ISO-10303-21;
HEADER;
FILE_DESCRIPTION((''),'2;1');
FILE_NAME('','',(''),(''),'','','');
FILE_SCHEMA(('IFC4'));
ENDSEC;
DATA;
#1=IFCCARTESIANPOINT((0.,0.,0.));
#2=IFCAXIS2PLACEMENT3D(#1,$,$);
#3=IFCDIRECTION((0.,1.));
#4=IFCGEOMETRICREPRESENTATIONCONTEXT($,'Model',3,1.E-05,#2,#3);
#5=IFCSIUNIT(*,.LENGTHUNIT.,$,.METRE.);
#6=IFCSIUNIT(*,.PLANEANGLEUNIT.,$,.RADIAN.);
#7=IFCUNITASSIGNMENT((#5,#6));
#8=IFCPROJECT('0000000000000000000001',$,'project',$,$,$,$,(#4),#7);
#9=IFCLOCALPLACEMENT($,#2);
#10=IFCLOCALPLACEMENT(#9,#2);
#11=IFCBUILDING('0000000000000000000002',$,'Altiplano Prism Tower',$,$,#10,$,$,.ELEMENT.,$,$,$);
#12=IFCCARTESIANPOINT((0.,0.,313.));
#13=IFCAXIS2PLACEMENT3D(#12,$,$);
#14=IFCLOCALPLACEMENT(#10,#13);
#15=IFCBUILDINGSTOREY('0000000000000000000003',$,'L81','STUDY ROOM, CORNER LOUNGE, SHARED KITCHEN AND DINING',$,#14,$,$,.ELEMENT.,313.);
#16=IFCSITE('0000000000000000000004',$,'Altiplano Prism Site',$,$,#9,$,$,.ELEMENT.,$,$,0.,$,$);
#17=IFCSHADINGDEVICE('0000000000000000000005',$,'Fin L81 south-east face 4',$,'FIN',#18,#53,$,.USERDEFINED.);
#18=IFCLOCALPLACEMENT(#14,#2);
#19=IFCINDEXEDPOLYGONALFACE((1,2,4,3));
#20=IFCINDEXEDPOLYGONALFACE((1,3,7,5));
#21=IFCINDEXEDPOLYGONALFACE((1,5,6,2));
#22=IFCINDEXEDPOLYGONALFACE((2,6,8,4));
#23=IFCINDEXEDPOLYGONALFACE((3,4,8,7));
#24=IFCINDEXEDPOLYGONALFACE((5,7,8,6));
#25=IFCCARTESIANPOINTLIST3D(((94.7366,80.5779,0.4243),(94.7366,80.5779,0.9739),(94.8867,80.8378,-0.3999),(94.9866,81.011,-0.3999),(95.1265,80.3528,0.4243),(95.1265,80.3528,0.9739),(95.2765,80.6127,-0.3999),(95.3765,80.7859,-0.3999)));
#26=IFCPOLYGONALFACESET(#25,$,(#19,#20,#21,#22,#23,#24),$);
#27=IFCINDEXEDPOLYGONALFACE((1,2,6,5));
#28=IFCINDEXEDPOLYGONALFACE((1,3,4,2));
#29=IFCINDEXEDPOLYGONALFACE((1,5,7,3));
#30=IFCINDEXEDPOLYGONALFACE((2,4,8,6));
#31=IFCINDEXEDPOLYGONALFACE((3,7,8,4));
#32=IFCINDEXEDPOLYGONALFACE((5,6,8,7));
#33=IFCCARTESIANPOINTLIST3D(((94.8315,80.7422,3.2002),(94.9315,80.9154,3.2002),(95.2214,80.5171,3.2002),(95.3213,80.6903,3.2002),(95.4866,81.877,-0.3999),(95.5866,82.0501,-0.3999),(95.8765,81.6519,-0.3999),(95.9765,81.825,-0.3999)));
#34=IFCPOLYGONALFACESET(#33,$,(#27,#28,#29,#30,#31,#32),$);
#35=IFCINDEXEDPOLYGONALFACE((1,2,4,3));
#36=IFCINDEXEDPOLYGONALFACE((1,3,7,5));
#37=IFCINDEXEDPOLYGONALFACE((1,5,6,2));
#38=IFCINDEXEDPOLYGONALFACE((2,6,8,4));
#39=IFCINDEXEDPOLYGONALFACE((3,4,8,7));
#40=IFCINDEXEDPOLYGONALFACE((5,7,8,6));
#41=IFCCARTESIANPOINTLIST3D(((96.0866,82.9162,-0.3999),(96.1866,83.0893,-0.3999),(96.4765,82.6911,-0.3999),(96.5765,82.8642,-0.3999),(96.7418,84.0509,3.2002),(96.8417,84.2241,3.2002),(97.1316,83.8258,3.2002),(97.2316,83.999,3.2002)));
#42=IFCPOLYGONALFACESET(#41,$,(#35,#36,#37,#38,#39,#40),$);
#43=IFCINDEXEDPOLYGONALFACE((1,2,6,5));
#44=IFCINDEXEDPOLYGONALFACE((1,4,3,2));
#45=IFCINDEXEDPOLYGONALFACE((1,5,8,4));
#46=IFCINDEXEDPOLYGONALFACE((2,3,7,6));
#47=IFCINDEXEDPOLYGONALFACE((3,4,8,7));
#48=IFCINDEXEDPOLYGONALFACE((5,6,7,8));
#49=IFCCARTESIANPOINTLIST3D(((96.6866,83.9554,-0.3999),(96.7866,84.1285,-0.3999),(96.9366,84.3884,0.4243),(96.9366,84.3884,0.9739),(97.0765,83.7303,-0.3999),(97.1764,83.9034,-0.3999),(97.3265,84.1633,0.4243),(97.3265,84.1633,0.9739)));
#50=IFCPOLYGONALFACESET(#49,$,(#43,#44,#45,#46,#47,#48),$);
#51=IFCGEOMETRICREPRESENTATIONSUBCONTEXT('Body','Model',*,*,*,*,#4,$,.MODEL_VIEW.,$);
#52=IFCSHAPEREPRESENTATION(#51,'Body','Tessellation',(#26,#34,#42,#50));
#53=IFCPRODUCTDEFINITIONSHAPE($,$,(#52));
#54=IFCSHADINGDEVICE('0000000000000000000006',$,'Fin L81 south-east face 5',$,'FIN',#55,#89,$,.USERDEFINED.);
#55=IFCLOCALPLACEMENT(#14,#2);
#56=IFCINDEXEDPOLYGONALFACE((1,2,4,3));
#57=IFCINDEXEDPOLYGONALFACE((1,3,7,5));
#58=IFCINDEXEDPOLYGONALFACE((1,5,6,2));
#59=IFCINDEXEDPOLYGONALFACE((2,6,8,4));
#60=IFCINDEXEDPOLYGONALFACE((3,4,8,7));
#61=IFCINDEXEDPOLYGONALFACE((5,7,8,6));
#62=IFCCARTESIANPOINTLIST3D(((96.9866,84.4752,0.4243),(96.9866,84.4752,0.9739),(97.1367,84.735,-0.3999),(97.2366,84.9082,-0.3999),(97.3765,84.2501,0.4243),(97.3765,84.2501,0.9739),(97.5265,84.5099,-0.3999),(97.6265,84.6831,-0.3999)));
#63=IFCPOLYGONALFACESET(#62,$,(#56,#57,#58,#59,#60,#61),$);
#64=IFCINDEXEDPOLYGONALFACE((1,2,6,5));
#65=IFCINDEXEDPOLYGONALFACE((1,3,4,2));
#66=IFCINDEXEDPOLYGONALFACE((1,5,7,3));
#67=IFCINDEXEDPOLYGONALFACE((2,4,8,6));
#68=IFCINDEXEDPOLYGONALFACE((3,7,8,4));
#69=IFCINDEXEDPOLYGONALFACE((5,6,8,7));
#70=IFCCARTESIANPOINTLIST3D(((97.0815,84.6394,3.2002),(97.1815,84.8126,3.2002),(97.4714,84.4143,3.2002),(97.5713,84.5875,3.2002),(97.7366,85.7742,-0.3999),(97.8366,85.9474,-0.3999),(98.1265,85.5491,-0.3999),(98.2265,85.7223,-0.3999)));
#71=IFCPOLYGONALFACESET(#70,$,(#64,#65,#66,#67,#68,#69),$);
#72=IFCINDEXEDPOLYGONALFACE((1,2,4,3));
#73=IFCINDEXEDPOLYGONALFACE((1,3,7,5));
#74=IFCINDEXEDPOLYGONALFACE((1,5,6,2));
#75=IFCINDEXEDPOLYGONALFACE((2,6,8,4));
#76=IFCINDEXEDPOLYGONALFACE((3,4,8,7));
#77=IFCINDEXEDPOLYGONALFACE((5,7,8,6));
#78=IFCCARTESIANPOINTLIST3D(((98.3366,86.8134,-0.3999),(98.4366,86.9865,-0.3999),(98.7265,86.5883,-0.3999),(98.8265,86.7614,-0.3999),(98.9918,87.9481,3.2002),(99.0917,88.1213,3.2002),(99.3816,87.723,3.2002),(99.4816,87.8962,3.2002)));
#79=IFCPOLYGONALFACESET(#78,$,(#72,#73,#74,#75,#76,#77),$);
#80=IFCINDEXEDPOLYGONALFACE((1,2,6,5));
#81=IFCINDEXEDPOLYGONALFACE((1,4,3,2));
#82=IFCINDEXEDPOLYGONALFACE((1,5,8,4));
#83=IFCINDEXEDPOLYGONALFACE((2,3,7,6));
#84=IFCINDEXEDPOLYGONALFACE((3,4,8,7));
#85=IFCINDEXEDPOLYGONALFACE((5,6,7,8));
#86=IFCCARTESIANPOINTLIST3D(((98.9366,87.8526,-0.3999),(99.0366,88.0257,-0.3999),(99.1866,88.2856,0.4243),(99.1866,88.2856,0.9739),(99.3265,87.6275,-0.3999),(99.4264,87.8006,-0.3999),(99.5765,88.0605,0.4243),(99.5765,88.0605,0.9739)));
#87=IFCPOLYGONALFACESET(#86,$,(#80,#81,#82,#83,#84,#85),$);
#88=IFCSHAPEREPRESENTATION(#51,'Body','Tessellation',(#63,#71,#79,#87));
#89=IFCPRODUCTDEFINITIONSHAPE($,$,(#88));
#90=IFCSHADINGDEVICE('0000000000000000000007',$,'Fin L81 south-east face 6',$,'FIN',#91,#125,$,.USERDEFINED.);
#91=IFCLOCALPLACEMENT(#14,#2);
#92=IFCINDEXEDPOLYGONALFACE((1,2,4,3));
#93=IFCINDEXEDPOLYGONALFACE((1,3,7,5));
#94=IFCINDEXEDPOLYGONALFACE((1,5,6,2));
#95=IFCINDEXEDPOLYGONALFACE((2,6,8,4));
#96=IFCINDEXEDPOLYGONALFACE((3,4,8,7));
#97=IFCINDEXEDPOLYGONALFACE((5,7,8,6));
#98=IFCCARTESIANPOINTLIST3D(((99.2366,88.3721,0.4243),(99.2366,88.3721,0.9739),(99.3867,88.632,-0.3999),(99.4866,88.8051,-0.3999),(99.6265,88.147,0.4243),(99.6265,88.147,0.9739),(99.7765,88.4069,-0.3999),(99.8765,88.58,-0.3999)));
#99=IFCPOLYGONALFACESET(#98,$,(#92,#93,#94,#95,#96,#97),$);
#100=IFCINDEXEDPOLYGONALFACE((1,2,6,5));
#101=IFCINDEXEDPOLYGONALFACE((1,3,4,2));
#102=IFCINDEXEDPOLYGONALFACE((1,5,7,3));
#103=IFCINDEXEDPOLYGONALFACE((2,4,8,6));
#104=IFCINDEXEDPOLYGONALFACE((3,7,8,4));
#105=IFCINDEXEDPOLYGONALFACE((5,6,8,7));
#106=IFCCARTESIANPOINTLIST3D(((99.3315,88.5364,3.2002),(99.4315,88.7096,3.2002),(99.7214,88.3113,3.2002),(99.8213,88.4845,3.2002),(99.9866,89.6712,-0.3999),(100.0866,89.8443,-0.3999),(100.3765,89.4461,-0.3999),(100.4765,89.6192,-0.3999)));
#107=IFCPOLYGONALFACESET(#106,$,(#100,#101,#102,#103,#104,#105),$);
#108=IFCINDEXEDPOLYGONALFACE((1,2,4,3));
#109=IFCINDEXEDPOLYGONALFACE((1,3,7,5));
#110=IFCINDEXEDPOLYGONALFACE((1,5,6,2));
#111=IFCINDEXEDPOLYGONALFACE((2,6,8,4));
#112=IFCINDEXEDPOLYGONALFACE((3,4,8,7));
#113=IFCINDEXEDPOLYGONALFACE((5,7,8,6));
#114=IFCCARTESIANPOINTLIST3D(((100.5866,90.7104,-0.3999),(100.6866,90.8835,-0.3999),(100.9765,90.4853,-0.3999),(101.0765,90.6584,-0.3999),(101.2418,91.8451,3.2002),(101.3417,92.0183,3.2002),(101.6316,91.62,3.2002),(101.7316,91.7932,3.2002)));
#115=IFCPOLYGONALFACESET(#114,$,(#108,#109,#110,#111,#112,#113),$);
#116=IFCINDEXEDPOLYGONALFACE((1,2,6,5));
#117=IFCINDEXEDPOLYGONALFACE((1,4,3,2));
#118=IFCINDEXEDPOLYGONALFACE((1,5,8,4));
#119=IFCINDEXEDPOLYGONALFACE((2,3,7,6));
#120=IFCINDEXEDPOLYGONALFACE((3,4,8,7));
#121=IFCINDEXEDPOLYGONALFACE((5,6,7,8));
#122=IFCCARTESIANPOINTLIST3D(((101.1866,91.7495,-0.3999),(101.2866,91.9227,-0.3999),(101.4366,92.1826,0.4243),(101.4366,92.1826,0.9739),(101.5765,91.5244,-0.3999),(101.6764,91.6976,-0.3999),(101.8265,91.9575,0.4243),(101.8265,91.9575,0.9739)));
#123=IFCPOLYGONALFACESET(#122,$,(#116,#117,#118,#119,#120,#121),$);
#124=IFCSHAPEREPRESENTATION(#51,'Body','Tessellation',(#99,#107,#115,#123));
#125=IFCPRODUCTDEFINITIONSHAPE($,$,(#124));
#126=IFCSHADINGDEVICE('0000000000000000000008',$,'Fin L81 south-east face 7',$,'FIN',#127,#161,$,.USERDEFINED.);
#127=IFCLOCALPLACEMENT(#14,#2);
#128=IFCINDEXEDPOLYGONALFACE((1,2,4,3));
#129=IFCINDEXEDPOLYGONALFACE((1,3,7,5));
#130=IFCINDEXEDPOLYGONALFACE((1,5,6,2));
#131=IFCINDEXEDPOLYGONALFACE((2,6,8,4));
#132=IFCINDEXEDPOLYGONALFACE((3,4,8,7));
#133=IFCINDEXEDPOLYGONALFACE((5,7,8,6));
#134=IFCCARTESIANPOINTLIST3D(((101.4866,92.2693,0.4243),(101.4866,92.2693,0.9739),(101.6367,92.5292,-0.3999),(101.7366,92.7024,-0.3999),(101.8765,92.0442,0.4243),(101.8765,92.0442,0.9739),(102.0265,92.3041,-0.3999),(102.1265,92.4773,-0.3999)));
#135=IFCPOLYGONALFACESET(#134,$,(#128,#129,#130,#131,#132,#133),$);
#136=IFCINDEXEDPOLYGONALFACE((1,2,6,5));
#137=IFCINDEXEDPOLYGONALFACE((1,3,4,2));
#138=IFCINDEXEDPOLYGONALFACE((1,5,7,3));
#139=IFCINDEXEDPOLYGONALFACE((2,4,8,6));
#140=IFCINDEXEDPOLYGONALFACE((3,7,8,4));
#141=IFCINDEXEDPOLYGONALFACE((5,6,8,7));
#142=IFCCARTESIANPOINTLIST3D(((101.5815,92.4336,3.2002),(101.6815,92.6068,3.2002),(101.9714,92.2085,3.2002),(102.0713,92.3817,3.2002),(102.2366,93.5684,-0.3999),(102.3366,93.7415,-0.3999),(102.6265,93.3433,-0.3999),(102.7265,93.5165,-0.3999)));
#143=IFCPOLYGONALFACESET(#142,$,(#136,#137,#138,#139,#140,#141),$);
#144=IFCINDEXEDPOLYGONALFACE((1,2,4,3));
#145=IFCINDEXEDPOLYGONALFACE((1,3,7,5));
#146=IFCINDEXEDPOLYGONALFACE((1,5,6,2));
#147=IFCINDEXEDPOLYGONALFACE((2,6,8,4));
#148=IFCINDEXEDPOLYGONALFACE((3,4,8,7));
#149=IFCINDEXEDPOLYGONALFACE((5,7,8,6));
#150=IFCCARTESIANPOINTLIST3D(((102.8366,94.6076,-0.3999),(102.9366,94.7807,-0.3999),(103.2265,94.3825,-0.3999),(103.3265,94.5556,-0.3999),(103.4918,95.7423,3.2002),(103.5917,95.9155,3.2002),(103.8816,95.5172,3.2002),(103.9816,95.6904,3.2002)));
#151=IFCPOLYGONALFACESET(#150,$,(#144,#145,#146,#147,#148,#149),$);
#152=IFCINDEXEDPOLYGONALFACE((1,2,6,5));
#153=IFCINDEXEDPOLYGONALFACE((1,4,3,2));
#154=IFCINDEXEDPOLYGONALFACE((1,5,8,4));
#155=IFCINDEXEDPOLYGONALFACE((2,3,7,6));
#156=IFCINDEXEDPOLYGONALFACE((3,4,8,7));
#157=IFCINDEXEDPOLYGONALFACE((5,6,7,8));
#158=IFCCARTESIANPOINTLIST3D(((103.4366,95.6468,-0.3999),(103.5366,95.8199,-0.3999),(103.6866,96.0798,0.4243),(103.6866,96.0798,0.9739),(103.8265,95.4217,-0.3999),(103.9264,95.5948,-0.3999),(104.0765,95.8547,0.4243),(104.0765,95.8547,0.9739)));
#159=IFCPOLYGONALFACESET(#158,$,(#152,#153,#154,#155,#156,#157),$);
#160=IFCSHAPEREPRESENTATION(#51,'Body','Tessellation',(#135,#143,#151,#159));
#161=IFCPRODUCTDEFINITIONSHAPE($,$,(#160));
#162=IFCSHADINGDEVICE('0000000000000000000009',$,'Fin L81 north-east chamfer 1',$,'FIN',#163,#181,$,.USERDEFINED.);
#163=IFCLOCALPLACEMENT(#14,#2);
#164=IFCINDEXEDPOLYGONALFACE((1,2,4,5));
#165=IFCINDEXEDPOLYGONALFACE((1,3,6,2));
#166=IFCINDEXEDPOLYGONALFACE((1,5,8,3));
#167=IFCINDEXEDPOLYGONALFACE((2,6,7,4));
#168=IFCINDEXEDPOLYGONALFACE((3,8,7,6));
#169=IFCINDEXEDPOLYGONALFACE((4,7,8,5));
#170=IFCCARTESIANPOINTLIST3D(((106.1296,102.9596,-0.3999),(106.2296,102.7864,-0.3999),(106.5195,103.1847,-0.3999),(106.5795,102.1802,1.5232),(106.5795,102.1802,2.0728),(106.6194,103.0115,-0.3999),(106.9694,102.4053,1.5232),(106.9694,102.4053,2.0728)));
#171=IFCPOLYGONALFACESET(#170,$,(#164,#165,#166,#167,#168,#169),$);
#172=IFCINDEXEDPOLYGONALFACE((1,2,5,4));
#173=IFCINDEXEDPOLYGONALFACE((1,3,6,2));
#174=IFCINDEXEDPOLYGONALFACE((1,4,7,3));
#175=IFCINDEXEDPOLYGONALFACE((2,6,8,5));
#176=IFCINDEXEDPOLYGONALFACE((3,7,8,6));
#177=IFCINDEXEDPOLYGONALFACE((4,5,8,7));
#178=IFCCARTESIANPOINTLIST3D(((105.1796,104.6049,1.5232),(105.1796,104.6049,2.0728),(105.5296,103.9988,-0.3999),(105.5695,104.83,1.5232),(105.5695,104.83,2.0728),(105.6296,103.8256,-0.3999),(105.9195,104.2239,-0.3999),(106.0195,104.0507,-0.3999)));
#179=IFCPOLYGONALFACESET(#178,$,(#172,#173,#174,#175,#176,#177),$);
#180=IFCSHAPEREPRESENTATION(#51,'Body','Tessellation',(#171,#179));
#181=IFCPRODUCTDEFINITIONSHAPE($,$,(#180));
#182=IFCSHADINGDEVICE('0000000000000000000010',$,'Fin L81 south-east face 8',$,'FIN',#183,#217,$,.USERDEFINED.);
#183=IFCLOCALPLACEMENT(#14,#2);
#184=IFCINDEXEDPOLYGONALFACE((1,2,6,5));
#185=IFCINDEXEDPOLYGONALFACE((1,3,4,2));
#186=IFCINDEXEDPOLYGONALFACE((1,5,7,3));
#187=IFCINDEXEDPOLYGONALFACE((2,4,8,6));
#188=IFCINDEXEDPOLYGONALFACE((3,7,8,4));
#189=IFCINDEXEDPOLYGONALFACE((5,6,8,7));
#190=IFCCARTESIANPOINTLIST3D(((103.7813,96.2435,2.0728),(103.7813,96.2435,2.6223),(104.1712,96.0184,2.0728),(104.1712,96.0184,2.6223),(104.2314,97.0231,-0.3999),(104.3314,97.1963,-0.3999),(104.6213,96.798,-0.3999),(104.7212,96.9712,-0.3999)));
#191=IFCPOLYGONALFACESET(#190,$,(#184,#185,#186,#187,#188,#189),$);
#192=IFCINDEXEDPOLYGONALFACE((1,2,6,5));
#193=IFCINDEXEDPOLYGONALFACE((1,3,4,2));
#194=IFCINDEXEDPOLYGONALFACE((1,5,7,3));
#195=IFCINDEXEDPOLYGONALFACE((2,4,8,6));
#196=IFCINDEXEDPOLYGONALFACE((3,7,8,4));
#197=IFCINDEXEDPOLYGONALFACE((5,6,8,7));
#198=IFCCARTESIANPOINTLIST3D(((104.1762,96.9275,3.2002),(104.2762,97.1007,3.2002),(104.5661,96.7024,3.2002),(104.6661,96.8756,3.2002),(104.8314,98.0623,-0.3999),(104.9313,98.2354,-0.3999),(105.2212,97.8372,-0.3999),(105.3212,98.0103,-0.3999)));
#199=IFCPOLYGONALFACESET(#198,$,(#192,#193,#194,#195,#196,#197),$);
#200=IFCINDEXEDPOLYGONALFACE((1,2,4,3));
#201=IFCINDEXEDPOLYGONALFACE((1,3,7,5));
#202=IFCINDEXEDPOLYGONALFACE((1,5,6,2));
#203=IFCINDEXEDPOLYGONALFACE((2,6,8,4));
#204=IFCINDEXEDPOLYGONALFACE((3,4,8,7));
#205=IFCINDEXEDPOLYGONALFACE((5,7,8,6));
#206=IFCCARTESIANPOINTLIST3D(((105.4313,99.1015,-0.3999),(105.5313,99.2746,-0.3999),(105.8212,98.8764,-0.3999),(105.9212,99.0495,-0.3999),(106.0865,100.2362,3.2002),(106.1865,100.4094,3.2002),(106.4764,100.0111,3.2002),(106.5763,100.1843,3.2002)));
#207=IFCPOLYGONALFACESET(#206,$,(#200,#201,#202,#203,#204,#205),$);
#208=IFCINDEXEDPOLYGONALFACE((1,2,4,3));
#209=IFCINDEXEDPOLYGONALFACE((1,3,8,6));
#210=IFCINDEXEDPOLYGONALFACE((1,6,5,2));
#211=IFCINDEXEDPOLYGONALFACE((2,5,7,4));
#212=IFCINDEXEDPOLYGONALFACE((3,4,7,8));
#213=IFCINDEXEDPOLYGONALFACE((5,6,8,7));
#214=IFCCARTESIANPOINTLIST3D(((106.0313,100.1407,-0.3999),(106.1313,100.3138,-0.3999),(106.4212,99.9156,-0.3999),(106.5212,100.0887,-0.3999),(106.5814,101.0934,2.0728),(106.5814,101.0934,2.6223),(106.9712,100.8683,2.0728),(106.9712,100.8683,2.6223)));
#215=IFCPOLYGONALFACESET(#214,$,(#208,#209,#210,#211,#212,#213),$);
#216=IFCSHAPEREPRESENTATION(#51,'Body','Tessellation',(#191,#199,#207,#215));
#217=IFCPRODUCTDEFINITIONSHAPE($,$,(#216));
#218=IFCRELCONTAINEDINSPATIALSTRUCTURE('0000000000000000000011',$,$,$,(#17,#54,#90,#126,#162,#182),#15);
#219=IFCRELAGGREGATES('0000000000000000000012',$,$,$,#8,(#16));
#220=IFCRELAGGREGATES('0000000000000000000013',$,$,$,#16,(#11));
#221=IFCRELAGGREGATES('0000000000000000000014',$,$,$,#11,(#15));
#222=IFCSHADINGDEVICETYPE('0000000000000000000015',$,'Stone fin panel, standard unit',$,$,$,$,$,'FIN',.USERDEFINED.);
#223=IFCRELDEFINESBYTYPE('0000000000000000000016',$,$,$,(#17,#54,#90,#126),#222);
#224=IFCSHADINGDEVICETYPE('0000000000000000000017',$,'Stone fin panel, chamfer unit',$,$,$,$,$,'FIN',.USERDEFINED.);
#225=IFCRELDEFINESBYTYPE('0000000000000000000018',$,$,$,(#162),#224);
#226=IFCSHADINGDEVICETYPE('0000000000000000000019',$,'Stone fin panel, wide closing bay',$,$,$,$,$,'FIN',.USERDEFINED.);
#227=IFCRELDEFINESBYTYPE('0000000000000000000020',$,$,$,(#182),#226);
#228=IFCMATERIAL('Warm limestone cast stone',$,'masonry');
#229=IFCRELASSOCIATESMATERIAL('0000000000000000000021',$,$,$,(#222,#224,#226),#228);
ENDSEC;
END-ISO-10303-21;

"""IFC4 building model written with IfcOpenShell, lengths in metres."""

from ifc_helpers import new_model, si_unit, direction, frame, origin, place, context, subcontext, project, spatial, polyline, outline, extrude, source, transform, mapped, material, type_object, element, save


model = new_model("IFC4")

# Units and contexts
model_context = context("Model", 3, precision=1e-05, world=origin(), true_north=direction((0.0, 1.0)))
body_context = subcontext(model_context, "Body", "Model", "MODEL_VIEW")
ifc_project = project(units=[si_unit("LENGTHUNIT", "METRE"), si_unit("PLANEANGLEUNIT", "RADIAN")], contexts=[model_context])

# Site, building, storey
site_placement = place(None, origin())
site = spatial("IfcSite", under=ifc_project, at=site_placement, Name="Altiplano Prism Site", CompositionType="ELEMENT", RefElevation=0.0)
building_placement = place(site_placement, origin())
building = spatial("IfcBuilding", under=site, at=building_placement, Name="Altiplano Prism Tower", CompositionType="ELEMENT")
storey_placement = place(building_placement, frame((0.0, 0.0, 313.0)))
storey = spatial("IfcBuildingStorey", under=building, at=storey_placement, Name="L81", Description="STUDY ROOM, CORNER LOUNGE, SHARED KITCHEN AND DINING", CompositionType="ELEMENT", Elevation=313.0)

# Shading devices
ifc_material_1 = material(Name="Warm limestone cast stone", Category="masonry")
shading_device_type_1 = type_object("IfcShadingDeviceType", Name="Stone fin panel, standard unit", ElementType="FIN", PredefinedType="USERDEFINED", material=ifc_material_1)
shared_shape_1 = source(origin(), body_context, "Body", "SweptSolid", [
    extrude(outline(polyline([(-2.2, 1.3738), (-2.2, 0.8242), (-1.8999, 0.0), (-1.7, 0.0), (-2.2, 1.3738)])), frame((0.0, -0.1499, 0.0), z_axis=(0.0, -1.0, 0.0), x_axis=(1.0, 0.0, 0.0)), (0.0, 0.0, 1.0), 0.4502),
    extrude(outline(polyline([(-2.0103, 3.6001), (-0.7, 0.0), (-0.5, 0.0), (-1.8103, 3.6001), (-2.0103, 3.6001)])), frame((0.0, -0.1499, 0.0), z_axis=(0.0, -1.0, 0.0), x_axis=(1.0, 0.0, 0.0)), (0.0, 0.0, 1.0), 0.4502),
    extrude(outline(polyline([(1.8103, 3.6001), (0.5, 0.0), (0.7, 0.0), (2.0103, 3.6001), (1.8103, 3.6001)])), frame((0.0, -0.1499, 0.0), z_axis=(0.0, -1.0, 0.0), x_axis=(1.0, 0.0, 0.0)), (0.0, 0.0, 1.0), 0.4502),
    extrude(outline(polyline([(2.2, 0.8242), (2.2, 1.3738), (1.7, 0.0), (1.8999, 0.0), (2.2, 0.8242)])), frame((0.0, -0.1499, 0.0), z_axis=(0.0, -1.0, 0.0), x_axis=(1.0, 0.0, 0.0)), (0.0, 0.0, 1.0), 0.4502),
])
shading_device_1_placement = place(storey_placement, origin())
element("IfcShadingDevice", 1, at=shading_device_1_placement, inside=storey, type_object=shading_device_type_1, Name="Fin L81 south-east face 4", ObjectType="FIN", PredefinedType="USERDEFINED", context=body_context, shape_type="MappedRepresentation", body=[
    mapped(shared_shape_1, transform((95.7068, 82.5581, -0.3999), x_axis=(0.5, 0.866025, 0.0), y_axis=(-0.866025, 0.5, 0.0), z_axis=(0.0, 0.0, 1.0))),
])
shading_device_2_placement = place(storey_placement, origin())
element("IfcShadingDevice", 2, at=shading_device_2_placement, inside=storey, type_object=shading_device_type_1, Name="Fin L81 south-east face 5", ObjectType="FIN", PredefinedType="USERDEFINED", context=body_context, shape_type="MappedRepresentation", body=[
    mapped(shared_shape_1, transform((97.9568, 86.4553, -0.3999), x_axis=(0.5, 0.866025, 0.0), y_axis=(-0.866025, 0.5, 0.0), z_axis=(0.0, 0.0, 1.0))),
])
shading_device_3_placement = place(storey_placement, origin())
element("IfcShadingDevice", 3, at=shading_device_3_placement, inside=storey, type_object=shading_device_type_1, Name="Fin L81 south-east face 6", ObjectType="FIN", PredefinedType="USERDEFINED", context=body_context, shape_type="MappedRepresentation", body=[
    mapped(shared_shape_1, transform((100.2068, 90.3523, -0.3999), x_axis=(0.5, 0.866025, 0.0), y_axis=(-0.866025, 0.5, 0.0), z_axis=(0.0, 0.0, 1.0))),
])
shading_device_4_placement = place(storey_placement, origin())
element("IfcShadingDevice", 4, at=shading_device_4_placement, inside=storey, type_object=shading_device_type_1, Name="Fin L81 south-east face 7", ObjectType="FIN", PredefinedType="USERDEFINED", context=body_context, shape_type="MappedRepresentation", body=[
    mapped(shared_shape_1, transform((102.4568, 94.2495, -0.3999), x_axis=(0.5, 0.866025, 0.0), y_axis=(-0.866025, 0.5, 0.0), z_axis=(0.0, 0.0, 1.0))),
])
shading_device_type_2 = type_object("IfcShadingDeviceType", Name="Stone fin panel, chamfer unit", ElementType="FIN", PredefinedType="USERDEFINED", material=ifc_material_1)
shared_shape_2 = source(origin(), body_context, "Body", "SweptSolid", [
    extrude(outline(polyline([(-1.3999, 2.4727), (-1.3999, 1.9231), (-0.7, 0.0), (-0.5, 0.0), (-1.3999, 2.4727)])), frame((0.0, -0.1499, 0.0), z_axis=(0.0, -1.0, 0.0), x_axis=(1.0, 0.0, 0.0)), (0.0, 0.0, 1.0), 0.4502),
    extrude(outline(polyline([(1.3999, 1.9231), (1.3999, 2.4727), (0.5, 0.0), (0.7, 0.0), (1.3999, 1.9231)])), frame((0.0, -0.1499, 0.0), z_axis=(0.0, -1.0, 0.0), x_axis=(1.0, 0.0, 0.0)), (0.0, 0.0, 1.0), 0.4502),
])
shading_device_5_placement = place(storey_placement, origin())
element("IfcShadingDevice", 5, at=shading_device_5_placement, inside=storey, type_object=shading_device_type_2, Name="Fin L81 north-east chamfer 1", ObjectType="FIN", PredefinedType="USERDEFINED", context=body_context, shape_type="MappedRepresentation", body=[
    mapped(shared_shape_2, transform((105.7498, 103.3176, -0.3999), x_axis=(-0.5, 0.866025, 0.0), y_axis=(-0.866025, -0.5, 0.0), z_axis=(0.0, 0.0, 1.0))),
])
shading_device_type_3 = type_object("IfcShadingDeviceType", Name="Stone fin panel, wide closing bay", ElementType="FIN", PredefinedType="USERDEFINED", material=ifc_material_1)
shared_shape_3 = source(origin(), body_context, "Body", "SweptSolid", [
    extrude(outline(polyline([(-2.8, 3.0222), (-2.8, 2.4727), (-1.8999, 0.0), (-1.7, 0.0), (-2.8, 3.0222)])), frame((0.0, -0.1499, 0.0), z_axis=(0.0, -1.0, 0.0), x_axis=(1.0, 0.0, 0.0)), (0.0, 0.0, 1.0), 0.4502),
    extrude(outline(polyline([(-2.0103, 3.6001), (-0.7, 0.0), (-0.5, 0.0), (-1.8103, 3.6001), (-2.0103, 3.6001)])), frame((0.0, -0.1499, 0.0), z_axis=(0.0, -1.0, 0.0), x_axis=(1.0, 0.0, 0.0)), (0.0, 0.0, 1.0), 0.4502),
    extrude(outline(polyline([(1.8103, 3.6001), (0.5, 0.0), (0.7, 0.0), (2.0103, 3.6001), (1.8103, 3.6001)])), frame((0.0, -0.1499, 0.0), z_axis=(0.0, -1.0, 0.0), x_axis=(1.0, 0.0, 0.0)), (0.0, 0.0, 1.0), 0.4502),
    extrude(outline(polyline([(2.8, 2.4727), (2.8, 3.0222), (1.7, 0.0), (1.8999, 0.0), (2.8, 2.4727)])), frame((0.0, -0.1499, 0.0), z_axis=(0.0, -1.0, 0.0), x_axis=(1.0, 0.0, 0.0)), (0.0, 0.0, 1.0), 0.4502),
])
shading_device_6_placement = place(storey_placement, origin())
element("IfcShadingDevice", 6, at=shading_device_6_placement, inside=storey, type_object=shading_device_type_3, Name="Fin L81 south-east face 8", ObjectType="FIN", PredefinedType="USERDEFINED", context=body_context, shape_type="MappedRepresentation", body=[
    mapped(shared_shape_3, transform((105.0515, 98.7434, -0.3999), x_axis=(0.5, 0.866025, 0.0), y_axis=(-0.866025, 0.5, 0.0), z_axis=(0.0, 0.0, 1.0))),
])

save(model, "model.ifc")
